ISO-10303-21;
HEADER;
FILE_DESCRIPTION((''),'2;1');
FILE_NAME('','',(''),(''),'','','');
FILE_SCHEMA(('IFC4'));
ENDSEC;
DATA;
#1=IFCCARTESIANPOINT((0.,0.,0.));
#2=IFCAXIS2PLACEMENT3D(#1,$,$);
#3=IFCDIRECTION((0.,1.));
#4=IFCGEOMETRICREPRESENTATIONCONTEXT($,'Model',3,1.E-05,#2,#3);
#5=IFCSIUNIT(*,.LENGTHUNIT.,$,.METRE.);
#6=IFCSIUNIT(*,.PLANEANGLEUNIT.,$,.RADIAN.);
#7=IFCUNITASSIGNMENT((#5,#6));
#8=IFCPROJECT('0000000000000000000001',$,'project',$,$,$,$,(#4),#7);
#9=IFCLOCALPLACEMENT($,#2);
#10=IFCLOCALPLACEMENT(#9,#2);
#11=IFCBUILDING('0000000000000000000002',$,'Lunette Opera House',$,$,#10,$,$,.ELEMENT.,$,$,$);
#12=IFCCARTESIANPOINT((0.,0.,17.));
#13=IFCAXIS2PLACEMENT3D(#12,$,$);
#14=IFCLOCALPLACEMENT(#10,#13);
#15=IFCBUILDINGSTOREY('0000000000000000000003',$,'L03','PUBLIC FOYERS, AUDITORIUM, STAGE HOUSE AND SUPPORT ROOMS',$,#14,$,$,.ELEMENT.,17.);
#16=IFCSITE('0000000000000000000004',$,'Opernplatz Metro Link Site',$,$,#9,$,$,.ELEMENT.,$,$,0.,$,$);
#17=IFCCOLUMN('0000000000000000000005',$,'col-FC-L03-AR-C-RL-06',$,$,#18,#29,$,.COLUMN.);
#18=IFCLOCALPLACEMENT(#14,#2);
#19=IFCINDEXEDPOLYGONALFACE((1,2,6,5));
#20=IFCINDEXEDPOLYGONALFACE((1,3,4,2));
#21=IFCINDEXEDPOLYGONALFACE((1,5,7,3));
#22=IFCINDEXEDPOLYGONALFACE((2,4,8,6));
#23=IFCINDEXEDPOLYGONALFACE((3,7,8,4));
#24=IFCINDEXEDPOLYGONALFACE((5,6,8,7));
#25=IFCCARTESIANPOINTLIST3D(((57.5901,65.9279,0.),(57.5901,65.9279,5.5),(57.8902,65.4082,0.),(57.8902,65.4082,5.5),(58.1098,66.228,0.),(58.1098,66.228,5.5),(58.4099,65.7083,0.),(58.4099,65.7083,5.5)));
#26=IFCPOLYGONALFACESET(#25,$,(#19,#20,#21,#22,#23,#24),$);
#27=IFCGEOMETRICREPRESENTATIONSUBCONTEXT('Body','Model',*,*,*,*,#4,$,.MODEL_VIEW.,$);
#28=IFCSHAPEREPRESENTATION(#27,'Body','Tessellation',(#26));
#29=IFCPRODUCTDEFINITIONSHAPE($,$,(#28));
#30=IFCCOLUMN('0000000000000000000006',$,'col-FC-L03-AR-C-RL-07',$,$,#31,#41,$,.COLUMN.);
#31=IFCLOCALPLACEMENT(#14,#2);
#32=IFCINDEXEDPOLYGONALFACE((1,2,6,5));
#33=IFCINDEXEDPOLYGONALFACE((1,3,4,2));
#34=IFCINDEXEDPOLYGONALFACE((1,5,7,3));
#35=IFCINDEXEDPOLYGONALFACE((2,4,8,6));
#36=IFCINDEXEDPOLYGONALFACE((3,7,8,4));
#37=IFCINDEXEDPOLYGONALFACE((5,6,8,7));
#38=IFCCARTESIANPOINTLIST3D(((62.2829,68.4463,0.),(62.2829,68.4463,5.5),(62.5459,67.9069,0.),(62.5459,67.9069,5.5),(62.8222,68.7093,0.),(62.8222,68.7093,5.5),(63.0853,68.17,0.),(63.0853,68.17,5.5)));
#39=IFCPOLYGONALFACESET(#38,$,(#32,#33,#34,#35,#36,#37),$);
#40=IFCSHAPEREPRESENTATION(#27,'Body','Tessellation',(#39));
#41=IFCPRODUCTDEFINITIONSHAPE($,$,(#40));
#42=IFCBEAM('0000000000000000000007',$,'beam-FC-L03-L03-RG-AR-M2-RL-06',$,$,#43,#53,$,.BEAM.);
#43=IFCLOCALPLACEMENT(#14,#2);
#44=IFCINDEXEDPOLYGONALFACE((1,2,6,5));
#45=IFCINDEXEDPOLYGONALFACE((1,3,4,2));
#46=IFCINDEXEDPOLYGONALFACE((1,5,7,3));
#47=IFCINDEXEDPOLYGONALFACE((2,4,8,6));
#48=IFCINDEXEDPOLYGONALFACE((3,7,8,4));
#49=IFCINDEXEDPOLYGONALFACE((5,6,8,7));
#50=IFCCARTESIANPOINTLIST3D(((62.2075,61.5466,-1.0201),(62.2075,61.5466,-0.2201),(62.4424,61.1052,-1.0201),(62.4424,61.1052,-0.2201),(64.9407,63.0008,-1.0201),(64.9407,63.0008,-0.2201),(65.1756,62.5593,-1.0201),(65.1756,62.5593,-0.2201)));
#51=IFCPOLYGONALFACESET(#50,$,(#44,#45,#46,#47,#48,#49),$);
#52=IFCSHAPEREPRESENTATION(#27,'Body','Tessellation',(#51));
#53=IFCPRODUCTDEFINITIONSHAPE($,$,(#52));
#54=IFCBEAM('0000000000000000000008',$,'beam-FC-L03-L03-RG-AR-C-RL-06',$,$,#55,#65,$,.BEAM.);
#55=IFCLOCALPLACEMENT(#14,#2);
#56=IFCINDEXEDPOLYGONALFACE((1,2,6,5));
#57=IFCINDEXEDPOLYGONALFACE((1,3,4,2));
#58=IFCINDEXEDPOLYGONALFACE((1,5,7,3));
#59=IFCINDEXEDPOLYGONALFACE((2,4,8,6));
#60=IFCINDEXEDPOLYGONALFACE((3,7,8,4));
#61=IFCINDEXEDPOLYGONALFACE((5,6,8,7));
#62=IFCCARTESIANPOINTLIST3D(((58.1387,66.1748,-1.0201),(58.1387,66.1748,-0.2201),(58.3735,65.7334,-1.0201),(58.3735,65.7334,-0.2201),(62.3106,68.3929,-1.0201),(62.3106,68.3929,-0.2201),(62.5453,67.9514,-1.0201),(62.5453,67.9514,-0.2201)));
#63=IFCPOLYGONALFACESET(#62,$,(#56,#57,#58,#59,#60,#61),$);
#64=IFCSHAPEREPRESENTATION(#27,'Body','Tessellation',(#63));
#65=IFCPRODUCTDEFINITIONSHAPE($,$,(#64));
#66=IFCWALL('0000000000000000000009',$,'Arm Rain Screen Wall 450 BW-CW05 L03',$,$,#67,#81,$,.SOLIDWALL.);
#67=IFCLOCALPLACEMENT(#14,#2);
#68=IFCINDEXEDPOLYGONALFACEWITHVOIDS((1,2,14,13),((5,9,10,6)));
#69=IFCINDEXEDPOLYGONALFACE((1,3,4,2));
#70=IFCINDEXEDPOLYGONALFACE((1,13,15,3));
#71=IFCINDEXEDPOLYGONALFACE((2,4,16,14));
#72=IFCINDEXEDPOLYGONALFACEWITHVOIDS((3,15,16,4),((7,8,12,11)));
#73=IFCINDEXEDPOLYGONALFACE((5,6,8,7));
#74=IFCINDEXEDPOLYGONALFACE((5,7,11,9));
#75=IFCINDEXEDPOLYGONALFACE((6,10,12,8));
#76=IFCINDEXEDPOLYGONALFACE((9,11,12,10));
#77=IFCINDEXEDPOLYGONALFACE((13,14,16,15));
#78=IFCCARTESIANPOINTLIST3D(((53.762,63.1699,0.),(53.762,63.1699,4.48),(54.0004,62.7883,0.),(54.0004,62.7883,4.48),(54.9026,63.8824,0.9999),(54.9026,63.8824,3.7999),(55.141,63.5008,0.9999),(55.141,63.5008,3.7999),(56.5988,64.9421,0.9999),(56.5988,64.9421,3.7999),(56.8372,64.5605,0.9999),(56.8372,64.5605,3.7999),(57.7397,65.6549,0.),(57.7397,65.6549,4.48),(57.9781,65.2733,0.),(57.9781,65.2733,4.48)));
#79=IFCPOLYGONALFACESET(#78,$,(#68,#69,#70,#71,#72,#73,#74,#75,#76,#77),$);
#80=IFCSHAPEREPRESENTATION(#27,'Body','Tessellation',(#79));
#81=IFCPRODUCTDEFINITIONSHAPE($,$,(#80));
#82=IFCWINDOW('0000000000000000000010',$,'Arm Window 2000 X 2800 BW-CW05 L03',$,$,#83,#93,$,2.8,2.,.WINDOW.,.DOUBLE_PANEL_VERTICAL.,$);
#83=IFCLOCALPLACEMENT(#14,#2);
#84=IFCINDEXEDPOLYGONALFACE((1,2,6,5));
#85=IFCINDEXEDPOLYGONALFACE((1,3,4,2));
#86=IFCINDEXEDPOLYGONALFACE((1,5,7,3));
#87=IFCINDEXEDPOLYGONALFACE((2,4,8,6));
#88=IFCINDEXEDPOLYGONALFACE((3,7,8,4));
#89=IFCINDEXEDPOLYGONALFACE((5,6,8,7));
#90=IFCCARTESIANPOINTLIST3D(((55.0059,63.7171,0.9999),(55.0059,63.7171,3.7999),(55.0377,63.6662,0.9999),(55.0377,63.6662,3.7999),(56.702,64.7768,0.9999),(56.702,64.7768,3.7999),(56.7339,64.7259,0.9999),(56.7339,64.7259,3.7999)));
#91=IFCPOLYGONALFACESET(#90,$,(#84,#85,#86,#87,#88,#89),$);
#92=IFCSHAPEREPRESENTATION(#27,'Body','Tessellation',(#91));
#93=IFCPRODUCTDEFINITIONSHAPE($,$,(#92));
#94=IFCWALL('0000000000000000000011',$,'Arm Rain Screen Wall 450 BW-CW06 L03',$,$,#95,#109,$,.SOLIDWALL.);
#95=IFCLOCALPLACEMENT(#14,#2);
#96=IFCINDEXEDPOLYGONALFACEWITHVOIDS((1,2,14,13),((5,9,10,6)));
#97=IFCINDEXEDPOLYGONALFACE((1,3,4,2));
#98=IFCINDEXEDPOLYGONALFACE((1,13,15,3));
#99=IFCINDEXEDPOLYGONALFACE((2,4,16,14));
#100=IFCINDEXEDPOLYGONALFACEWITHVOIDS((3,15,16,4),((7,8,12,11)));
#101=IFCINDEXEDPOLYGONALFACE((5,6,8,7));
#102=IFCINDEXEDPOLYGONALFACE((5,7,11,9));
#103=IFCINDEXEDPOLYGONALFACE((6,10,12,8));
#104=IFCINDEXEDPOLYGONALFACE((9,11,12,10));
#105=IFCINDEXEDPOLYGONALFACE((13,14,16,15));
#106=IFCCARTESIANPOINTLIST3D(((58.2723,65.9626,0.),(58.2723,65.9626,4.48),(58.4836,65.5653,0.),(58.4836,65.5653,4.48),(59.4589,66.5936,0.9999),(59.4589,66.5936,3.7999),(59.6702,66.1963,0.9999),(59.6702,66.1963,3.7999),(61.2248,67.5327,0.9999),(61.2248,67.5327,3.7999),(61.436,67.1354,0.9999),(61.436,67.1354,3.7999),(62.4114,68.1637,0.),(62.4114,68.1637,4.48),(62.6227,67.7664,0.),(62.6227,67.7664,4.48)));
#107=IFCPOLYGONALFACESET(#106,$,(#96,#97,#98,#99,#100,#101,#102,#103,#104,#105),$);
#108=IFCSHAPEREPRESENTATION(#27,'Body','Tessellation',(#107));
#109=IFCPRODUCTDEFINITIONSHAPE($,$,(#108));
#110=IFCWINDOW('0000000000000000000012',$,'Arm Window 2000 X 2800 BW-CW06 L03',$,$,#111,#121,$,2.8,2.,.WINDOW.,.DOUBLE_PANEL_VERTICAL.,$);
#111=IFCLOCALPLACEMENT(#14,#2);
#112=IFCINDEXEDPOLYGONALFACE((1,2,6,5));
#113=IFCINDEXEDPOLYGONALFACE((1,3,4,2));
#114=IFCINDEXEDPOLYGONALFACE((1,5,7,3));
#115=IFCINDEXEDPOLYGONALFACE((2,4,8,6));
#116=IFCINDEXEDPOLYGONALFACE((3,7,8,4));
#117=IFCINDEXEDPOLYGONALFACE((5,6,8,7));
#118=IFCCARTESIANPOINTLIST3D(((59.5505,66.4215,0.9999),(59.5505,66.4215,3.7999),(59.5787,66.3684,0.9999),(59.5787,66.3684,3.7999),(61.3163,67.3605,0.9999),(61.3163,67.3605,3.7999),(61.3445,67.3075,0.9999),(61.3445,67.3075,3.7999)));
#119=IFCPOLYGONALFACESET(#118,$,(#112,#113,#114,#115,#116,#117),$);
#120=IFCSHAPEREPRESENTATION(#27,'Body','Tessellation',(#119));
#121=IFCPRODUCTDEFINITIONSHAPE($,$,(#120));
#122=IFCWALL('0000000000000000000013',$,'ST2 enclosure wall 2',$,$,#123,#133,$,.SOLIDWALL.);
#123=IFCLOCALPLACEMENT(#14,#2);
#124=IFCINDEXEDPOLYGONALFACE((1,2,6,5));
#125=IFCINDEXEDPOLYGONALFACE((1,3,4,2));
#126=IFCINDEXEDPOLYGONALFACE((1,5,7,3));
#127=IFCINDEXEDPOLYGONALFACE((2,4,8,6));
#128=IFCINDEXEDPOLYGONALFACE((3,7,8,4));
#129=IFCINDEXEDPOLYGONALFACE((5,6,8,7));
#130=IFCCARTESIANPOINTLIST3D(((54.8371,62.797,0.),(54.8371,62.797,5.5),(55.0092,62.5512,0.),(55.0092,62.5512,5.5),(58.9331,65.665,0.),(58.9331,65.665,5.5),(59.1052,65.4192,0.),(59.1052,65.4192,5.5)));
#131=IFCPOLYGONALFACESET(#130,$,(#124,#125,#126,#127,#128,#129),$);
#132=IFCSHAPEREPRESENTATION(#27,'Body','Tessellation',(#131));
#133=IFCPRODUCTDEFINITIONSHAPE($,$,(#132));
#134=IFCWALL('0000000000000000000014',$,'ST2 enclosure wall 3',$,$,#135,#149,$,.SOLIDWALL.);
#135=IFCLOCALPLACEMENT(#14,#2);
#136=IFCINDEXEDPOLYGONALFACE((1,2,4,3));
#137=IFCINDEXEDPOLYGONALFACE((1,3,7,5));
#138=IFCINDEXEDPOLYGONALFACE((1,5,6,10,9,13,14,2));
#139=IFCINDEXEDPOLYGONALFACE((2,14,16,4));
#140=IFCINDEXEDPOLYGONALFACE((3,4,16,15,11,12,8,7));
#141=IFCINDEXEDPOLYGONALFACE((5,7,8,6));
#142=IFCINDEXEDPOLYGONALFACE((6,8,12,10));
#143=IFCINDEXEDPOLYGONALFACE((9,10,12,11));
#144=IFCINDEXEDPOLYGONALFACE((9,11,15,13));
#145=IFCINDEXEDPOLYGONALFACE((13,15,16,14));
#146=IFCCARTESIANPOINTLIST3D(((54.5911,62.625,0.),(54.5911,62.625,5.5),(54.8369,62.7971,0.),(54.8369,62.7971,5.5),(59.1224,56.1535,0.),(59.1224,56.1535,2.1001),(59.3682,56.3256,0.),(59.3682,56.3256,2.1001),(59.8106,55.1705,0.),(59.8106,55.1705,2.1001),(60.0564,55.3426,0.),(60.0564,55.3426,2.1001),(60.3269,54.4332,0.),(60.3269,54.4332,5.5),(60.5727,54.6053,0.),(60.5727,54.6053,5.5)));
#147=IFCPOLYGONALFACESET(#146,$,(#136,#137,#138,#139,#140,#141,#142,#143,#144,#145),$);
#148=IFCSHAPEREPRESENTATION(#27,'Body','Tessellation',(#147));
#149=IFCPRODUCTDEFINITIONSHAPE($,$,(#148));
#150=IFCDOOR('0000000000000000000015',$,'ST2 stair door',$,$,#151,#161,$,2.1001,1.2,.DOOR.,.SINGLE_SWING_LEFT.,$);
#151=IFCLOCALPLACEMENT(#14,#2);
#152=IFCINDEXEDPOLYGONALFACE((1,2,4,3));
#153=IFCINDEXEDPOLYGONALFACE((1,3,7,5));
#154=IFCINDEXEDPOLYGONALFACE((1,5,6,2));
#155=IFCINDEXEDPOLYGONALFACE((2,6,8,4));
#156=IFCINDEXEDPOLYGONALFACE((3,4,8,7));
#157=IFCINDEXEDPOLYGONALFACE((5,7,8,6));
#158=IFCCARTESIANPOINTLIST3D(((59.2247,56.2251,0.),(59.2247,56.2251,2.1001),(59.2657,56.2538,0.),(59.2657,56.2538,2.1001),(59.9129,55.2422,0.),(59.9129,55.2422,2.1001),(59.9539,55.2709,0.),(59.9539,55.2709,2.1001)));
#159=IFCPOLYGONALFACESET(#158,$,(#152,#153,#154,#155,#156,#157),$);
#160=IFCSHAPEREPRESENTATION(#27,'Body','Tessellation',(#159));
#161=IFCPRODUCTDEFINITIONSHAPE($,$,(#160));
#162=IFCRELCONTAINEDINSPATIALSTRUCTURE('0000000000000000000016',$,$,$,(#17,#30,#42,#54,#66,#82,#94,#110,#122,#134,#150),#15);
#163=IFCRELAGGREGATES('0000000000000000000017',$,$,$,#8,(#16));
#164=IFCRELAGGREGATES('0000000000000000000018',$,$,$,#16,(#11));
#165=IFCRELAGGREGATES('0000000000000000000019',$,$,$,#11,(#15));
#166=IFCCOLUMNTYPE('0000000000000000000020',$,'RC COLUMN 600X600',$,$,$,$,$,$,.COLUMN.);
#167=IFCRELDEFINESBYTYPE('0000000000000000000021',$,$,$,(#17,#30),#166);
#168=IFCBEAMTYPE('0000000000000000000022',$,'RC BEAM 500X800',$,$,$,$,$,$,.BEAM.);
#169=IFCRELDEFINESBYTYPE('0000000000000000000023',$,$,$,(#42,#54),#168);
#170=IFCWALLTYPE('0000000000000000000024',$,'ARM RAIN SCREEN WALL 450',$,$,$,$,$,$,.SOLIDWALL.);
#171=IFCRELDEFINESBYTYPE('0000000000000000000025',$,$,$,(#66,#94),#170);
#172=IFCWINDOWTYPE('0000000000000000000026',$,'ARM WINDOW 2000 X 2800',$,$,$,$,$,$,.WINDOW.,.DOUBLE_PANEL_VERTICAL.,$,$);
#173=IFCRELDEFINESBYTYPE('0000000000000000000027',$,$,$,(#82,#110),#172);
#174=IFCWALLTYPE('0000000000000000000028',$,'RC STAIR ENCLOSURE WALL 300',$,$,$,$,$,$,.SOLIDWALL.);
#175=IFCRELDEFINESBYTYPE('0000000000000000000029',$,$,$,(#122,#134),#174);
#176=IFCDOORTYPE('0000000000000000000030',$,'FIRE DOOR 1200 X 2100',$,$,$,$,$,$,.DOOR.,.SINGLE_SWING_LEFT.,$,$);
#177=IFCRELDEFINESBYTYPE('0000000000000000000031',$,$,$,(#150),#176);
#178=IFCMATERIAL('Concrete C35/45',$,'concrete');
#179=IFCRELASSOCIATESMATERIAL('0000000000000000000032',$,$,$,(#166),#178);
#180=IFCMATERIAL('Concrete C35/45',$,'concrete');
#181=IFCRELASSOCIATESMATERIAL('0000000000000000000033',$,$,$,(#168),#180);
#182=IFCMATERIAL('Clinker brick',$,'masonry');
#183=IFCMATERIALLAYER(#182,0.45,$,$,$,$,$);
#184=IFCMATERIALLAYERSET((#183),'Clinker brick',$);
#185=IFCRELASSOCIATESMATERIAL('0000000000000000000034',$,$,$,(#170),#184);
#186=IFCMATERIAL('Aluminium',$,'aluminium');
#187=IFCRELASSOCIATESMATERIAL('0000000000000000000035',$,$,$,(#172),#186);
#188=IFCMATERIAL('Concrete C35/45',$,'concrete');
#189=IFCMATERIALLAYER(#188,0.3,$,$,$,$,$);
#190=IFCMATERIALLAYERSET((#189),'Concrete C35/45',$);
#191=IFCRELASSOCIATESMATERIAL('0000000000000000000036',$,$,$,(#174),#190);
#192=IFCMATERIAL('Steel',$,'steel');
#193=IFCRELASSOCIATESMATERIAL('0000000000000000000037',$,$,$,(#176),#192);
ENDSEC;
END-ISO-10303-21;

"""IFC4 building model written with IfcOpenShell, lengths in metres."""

from ifc_helpers import new_model, si_unit, direction, frame, frame_2d, origin, origin_2d, place, context, subcontext, project, spatial, rectangle, extrude, material, layer, layer_set, material_profile, profile_set, type_object, element, fill, save


model = new_model("IFC4")

# Units and contexts
model_context = context("Model", 3, precision=1e-05, world=origin(), true_north=direction((0.0, 1.0)))
body_context = subcontext(model_context, "Body", "Model", "MODEL_VIEW")
ifc_project = project(units=[si_unit("LENGTHUNIT", "METRE"), si_unit("PLANEANGLEUNIT", "RADIAN")], contexts=[model_context])

# Site, building, storey
site_placement = place(None, origin())
site = spatial("IfcSite", under=ifc_project, at=site_placement, Name="Opernplatz Metro Link Site", CompositionType="ELEMENT", RefElevation=0.0)
building_placement = place(site_placement, origin())
building = spatial("IfcBuilding", under=site, at=building_placement, Name="Lunette Opera House", CompositionType="ELEMENT")
storey_placement = place(building_placement, frame((0.0, 0.0, 17.0)))
storey = spatial("IfcBuildingStorey", under=building, at=storey_placement, Name="L03", Description="PUBLIC FOYERS, AUDITORIUM, STAGE HOUSE AND SUPPORT ROOMS", CompositionType="ELEMENT", Elevation=17.0)

# Columns
ifc_material_1 = material(Name="Concrete C35/45", Category="concrete")
ifc_material_profile_1 = material_profile(ifc_material_1, rectangle(XDim=0.6001, YDim=0.6001, at=origin_2d()), Name="RC COLUMN 600X600")
ifc_profile_set_1 = profile_set([ifc_material_profile_1], Name="Concrete C35/45")
column_type = type_object("IfcColumnType", Name="RC COLUMN 600X600", PredefinedType="COLUMN", material=ifc_profile_set_1)
for number, where, z_axis, x_axis, name in (
    (1, (58.0, 65.8181, 0.0), (0.0, 0.0, 1.0), (0.866025, 0.5, 0.0), "col-FC-L03-AR-C-RL-06"),
    (2, (62.6841, 68.3081, 0.0), (0.0, 0.0, 1.0), (0.898794, 0.438371, 0.0), "col-FC-L03-AR-C-RL-07"),
):
    element("IfcColumn", number, at=place(storey_placement, frame(where, z_axis=z_axis, x_axis=x_axis)), inside=storey, type_object=column_type, Name=name, PredefinedType="COLUMN", context=body_context, shape_type="SweptSolid", body=[
        extrude(rectangle(XDim=0.6001, YDim=0.6001, at=origin_2d()), origin(), (0.0, 0.0, 1.0), 5.5),
    ])

# Beams
ifc_material_2 = material(Name="Concrete C35/45", Category="concrete")
ifc_material_profile_2 = material_profile(ifc_material_2, rectangle(XDim=0.5, YDim=0.8, at=origin_2d()), Name="RC BEAM 500X800")
ifc_profile_set_2 = profile_set([ifc_material_profile_2], Name="Concrete C35/45")
beam_type = type_object("IfcBeamType", Name="RC BEAM 500X800", PredefinedType="BEAM", material=ifc_profile_set_2)
beam_1_placement = place(storey_placement, frame((62.325, 61.3259, -0.6201), z_axis=(0.882833, 0.469688, 0.0), x_axis=(-0.469688, 0.882833, 0.0)))
element("IfcBeam", 3, at=beam_1_placement, inside=storey, type_object=beam_type, Name="beam-FC-L03-L03-RG-AR-M2-RL-06", PredefinedType="BEAM", context=body_context, shape_type="SweptSolid", body=[
    extrude(rectangle(XDim=0.5, YDim=0.8, at=origin_2d()), origin(), (0.0, 0.0, 1.0), 3.0959),
])
beam_2_placement = place(storey_placement, frame((58.2561, 65.9541, -0.6201), z_axis=(0.882966, 0.469437, 0.0), x_axis=(-0.469437, 0.882966, 0.0)))
element("IfcBeam", 4, at=beam_2_placement, inside=storey, type_object=beam_type, Name="beam-FC-L03-L03-RG-AR-C-RL-06", PredefinedType="BEAM", context=body_context, shape_type="SweptSolid", body=[
    extrude(rectangle(XDim=0.5, YDim=0.8, at=origin_2d()), origin(), (0.0, 0.0, 1.0), 4.7249),
])

# Walls, openings, windows
ifc_material_3 = material(Name="Clinker brick", Category="masonry")
ifc_layer_1 = layer(ifc_material_3, 0.45)
ifc_layer_set_1 = layer_set([ifc_layer_1], Name="Clinker brick")
wall_type_1 = type_object("IfcWallType", Name="ARM RAIN SCREEN WALL 450", PredefinedType="SOLIDWALL", material=ifc_layer_set_1)
wall_1_placement = place(storey_placement, frame((53.8811, 62.979, 0.0), z_axis=(0.0, 0.0, 1.0), x_axis=(0.848095, 0.529845, 0.0)))
wall_1 = element("IfcWall", 5, at=wall_1_placement, inside=storey, type_object=wall_type_1, Name="Arm Rain Screen Wall 450 BW-CW05 L03", PredefinedType="SOLIDWALL", context=body_context, shape_type="SweptSolid", body=[
    extrude(rectangle(XDim=4.6902, YDim=0.45, at=frame_2d((2.3452, 0.0))), origin(), (0.0, 0.0, 1.0), 4.48),
])
opening_1_placement = place(wall_1_placement, frame((1.345, 0.0, 1.0)))
opening_1 = element("IfcOpeningElement", 6, at=opening_1_placement, cuts=wall_1, PredefinedType="OPENING", context=body_context, shape_type="SweptSolid", body=[
    extrude(rectangle(XDim=2.0, YDim=2.8, at=frame_2d((1.0, 1.3999))), frame((0.0, 0.2371, 0.0), z_axis=(0.0, -1.0, 0.0), x_axis=(1.0, 0.0, 0.0)), (0.0, 0.0, 1.0), 0.4739),
])
ifc_material_4 = material(Name="Aluminium", Category="aluminium")
window_type_1 = type_object("IfcWindowType", Name="ARM WINDOW 2000 X 2800", PartitioningType="DOUBLE_PANEL_VERTICAL", PredefinedType="WINDOW", material=ifc_material_4)
window_1_placement = place(opening_1_placement, origin())
window_1 = element("IfcWindow", 7, at=window_1_placement, inside=storey, type_object=window_type_1, Name="Arm Window 2000 X 2800 BW-CW05 L03", OverallHeight=2.8, OverallWidth=2.0, PartitioningType="DOUBLE_PANEL_VERTICAL", PredefinedType="WINDOW", context=body_context, shape_type="SweptSolid", body=[
    extrude(rectangle(XDim=2.0, YDim=2.8, at=frame_2d((1.0, 1.3999))), frame((0.0, 0.03, 0.0), z_axis=(0.0, -1.0, 0.0), x_axis=(1.0, 0.0, 0.0)), (0.0, 0.0, 1.0), 0.0601),
])
fill(opening_1, window_1)
wall_2_placement = place(storey_placement, frame((58.3779, 65.7639, 0.0), z_axis=(0.0, 0.0, 1.0), x_axis=(0.882917, 0.469528, 0.0)))
wall_2 = element("IfcWall", 8, at=wall_2_placement, inside=storey, type_object=wall_type_1, Name="Arm Rain Screen Wall 450 BW-CW06 L03", PredefinedType="SOLIDWALL", context=body_context, shape_type="SweptSolid", body=[
    extrude(rectangle(XDim=4.688, YDim=0.45, at=frame_2d((2.344, 0.0))), origin(), (0.0, 0.0, 1.0), 4.48),
])
opening_2_placement = place(wall_2_placement, frame((1.344, 0.0, 1.0)))
opening_2 = element("IfcOpeningElement", 9, at=opening_2_placement, cuts=wall_2, PredefinedType="OPENING", context=body_context, shape_type="SweptSolid", body=[
    extrude(rectangle(XDim=2.0, YDim=2.8, at=frame_2d((1.0, 1.3999))), frame((0.0, 0.2371, 0.0), z_axis=(0.0, -1.0, 0.0), x_axis=(1.0, 0.0, 0.0)), (0.0, 0.0, 1.0), 0.4739),
])
window_2_placement = place(opening_2_placement, origin())
window_2 = element("IfcWindow", 10, at=window_2_placement, inside=storey, type_object=window_type_1, Name="Arm Window 2000 X 2800 BW-CW06 L03", OverallHeight=2.8, OverallWidth=2.0, PartitioningType="DOUBLE_PANEL_VERTICAL", PredefinedType="WINDOW", context=body_context, shape_type="SweptSolid", body=[
    extrude(rectangle(XDim=2.0, YDim=2.8, at=frame_2d((1.0, 1.3999))), frame((0.0, 0.03, 0.0), z_axis=(0.0, -1.0, 0.0), x_axis=(1.0, 0.0, 0.0)), (0.0, 0.0, 1.0), 0.0601),
])
fill(opening_2, window_2)

# Wall
ifc_material_5 = material(Name="Concrete C35/45", Category="concrete")
ifc_layer_2 = layer(ifc_material_5, 0.3)
ifc_layer_set_2 = layer_set([ifc_layer_2], Name="Concrete C35/45")
wall_type_2 = type_object("IfcWallType", Name="RC STAIR ENCLOSURE WALL 300", PredefinedType="SOLIDWALL", material=ifc_layer_set_2)
wall_3_placement = place(storey_placement, frame((59.019, 65.542, 0.0), z_axis=(0.0, 0.0, 1.0), x_axis=(-0.819161, -0.573564, 0.0)))
element("IfcWall", 11, at=wall_3_placement, inside=storey, type_object=wall_type_2, Name="ST2 enclosure wall 2", PredefinedType="SOLIDWALL", context=body_context, shape_type="SweptSolid", body=[
    extrude(rectangle(XDim=5.0002, YDim=0.3, at=frame_2d((2.5, 0.0))), origin(), (0.0, 0.0, 1.0), 5.5),
])

# Wall, opening, door
wall_4_placement = place(storey_placement, frame((54.7141, 62.7109, 0.0), z_axis=(0.0, 0.0, 1.0), x_axis=(0.573564, -0.819161, 0.0)))
wall_4 = element("IfcWall", 12, at=wall_4_placement, inside=storey, type_object=wall_type_2, Name="ST2 enclosure wall 3", PredefinedType="SOLIDWALL", context=body_context, shape_type="SweptSolid", body=[
    extrude(rectangle(XDim=10.0002, YDim=0.3, at=frame_2d((5.0, 0.0))), origin(), (0.0, 0.0, 1.0), 5.5),
])
opening_3_placement = place(wall_4_placement, frame((7.8999, 0.0, 0.0)))
opening_3 = element("IfcOpeningElement", 13, at=opening_3_placement, cuts=wall_4, PredefinedType="OPENING", context=body_context, shape_type="SweptSolid", body=[
    extrude(rectangle(XDim=1.2, YDim=2.1001, at=frame_2d((0.6001, 1.05))), frame((0.0, 0.1621, 0.0), z_axis=(0.0, -1.0, 0.0), x_axis=(1.0, 0.0, 0.0)), (0.0, 0.0, 1.0), 0.324),
])
ifc_material_6 = material(Name="Steel", Category="steel")
door_type = type_object("IfcDoorType", Name="FIRE DOOR 1200 X 2100", OperationType="SINGLE_SWING_LEFT", PredefinedType="DOOR", material=ifc_material_6)
door_placement = place(opening_3_placement, origin())
door = element("IfcDoor", 14, at=door_placement, inside=storey, type_object=door_type, Name="ST2 stair door", OperationType="SINGLE_SWING_LEFT", OverallHeight=2.1001, OverallWidth=1.2, PredefinedType="DOOR", context=body_context, shape_type="SweptSolid", body=[
    extrude(rectangle(XDim=1.2, YDim=2.1001, at=frame_2d((0.6001, 1.05))), frame((0.0, 0.0249, 0.0), z_axis=(0.0, -1.0, 0.0), x_axis=(1.0, 0.0, 0.0)), (0.0, 0.0, 1.0), 0.05),
])
fill(opening_3, door)

save(model, "model.ifc")
